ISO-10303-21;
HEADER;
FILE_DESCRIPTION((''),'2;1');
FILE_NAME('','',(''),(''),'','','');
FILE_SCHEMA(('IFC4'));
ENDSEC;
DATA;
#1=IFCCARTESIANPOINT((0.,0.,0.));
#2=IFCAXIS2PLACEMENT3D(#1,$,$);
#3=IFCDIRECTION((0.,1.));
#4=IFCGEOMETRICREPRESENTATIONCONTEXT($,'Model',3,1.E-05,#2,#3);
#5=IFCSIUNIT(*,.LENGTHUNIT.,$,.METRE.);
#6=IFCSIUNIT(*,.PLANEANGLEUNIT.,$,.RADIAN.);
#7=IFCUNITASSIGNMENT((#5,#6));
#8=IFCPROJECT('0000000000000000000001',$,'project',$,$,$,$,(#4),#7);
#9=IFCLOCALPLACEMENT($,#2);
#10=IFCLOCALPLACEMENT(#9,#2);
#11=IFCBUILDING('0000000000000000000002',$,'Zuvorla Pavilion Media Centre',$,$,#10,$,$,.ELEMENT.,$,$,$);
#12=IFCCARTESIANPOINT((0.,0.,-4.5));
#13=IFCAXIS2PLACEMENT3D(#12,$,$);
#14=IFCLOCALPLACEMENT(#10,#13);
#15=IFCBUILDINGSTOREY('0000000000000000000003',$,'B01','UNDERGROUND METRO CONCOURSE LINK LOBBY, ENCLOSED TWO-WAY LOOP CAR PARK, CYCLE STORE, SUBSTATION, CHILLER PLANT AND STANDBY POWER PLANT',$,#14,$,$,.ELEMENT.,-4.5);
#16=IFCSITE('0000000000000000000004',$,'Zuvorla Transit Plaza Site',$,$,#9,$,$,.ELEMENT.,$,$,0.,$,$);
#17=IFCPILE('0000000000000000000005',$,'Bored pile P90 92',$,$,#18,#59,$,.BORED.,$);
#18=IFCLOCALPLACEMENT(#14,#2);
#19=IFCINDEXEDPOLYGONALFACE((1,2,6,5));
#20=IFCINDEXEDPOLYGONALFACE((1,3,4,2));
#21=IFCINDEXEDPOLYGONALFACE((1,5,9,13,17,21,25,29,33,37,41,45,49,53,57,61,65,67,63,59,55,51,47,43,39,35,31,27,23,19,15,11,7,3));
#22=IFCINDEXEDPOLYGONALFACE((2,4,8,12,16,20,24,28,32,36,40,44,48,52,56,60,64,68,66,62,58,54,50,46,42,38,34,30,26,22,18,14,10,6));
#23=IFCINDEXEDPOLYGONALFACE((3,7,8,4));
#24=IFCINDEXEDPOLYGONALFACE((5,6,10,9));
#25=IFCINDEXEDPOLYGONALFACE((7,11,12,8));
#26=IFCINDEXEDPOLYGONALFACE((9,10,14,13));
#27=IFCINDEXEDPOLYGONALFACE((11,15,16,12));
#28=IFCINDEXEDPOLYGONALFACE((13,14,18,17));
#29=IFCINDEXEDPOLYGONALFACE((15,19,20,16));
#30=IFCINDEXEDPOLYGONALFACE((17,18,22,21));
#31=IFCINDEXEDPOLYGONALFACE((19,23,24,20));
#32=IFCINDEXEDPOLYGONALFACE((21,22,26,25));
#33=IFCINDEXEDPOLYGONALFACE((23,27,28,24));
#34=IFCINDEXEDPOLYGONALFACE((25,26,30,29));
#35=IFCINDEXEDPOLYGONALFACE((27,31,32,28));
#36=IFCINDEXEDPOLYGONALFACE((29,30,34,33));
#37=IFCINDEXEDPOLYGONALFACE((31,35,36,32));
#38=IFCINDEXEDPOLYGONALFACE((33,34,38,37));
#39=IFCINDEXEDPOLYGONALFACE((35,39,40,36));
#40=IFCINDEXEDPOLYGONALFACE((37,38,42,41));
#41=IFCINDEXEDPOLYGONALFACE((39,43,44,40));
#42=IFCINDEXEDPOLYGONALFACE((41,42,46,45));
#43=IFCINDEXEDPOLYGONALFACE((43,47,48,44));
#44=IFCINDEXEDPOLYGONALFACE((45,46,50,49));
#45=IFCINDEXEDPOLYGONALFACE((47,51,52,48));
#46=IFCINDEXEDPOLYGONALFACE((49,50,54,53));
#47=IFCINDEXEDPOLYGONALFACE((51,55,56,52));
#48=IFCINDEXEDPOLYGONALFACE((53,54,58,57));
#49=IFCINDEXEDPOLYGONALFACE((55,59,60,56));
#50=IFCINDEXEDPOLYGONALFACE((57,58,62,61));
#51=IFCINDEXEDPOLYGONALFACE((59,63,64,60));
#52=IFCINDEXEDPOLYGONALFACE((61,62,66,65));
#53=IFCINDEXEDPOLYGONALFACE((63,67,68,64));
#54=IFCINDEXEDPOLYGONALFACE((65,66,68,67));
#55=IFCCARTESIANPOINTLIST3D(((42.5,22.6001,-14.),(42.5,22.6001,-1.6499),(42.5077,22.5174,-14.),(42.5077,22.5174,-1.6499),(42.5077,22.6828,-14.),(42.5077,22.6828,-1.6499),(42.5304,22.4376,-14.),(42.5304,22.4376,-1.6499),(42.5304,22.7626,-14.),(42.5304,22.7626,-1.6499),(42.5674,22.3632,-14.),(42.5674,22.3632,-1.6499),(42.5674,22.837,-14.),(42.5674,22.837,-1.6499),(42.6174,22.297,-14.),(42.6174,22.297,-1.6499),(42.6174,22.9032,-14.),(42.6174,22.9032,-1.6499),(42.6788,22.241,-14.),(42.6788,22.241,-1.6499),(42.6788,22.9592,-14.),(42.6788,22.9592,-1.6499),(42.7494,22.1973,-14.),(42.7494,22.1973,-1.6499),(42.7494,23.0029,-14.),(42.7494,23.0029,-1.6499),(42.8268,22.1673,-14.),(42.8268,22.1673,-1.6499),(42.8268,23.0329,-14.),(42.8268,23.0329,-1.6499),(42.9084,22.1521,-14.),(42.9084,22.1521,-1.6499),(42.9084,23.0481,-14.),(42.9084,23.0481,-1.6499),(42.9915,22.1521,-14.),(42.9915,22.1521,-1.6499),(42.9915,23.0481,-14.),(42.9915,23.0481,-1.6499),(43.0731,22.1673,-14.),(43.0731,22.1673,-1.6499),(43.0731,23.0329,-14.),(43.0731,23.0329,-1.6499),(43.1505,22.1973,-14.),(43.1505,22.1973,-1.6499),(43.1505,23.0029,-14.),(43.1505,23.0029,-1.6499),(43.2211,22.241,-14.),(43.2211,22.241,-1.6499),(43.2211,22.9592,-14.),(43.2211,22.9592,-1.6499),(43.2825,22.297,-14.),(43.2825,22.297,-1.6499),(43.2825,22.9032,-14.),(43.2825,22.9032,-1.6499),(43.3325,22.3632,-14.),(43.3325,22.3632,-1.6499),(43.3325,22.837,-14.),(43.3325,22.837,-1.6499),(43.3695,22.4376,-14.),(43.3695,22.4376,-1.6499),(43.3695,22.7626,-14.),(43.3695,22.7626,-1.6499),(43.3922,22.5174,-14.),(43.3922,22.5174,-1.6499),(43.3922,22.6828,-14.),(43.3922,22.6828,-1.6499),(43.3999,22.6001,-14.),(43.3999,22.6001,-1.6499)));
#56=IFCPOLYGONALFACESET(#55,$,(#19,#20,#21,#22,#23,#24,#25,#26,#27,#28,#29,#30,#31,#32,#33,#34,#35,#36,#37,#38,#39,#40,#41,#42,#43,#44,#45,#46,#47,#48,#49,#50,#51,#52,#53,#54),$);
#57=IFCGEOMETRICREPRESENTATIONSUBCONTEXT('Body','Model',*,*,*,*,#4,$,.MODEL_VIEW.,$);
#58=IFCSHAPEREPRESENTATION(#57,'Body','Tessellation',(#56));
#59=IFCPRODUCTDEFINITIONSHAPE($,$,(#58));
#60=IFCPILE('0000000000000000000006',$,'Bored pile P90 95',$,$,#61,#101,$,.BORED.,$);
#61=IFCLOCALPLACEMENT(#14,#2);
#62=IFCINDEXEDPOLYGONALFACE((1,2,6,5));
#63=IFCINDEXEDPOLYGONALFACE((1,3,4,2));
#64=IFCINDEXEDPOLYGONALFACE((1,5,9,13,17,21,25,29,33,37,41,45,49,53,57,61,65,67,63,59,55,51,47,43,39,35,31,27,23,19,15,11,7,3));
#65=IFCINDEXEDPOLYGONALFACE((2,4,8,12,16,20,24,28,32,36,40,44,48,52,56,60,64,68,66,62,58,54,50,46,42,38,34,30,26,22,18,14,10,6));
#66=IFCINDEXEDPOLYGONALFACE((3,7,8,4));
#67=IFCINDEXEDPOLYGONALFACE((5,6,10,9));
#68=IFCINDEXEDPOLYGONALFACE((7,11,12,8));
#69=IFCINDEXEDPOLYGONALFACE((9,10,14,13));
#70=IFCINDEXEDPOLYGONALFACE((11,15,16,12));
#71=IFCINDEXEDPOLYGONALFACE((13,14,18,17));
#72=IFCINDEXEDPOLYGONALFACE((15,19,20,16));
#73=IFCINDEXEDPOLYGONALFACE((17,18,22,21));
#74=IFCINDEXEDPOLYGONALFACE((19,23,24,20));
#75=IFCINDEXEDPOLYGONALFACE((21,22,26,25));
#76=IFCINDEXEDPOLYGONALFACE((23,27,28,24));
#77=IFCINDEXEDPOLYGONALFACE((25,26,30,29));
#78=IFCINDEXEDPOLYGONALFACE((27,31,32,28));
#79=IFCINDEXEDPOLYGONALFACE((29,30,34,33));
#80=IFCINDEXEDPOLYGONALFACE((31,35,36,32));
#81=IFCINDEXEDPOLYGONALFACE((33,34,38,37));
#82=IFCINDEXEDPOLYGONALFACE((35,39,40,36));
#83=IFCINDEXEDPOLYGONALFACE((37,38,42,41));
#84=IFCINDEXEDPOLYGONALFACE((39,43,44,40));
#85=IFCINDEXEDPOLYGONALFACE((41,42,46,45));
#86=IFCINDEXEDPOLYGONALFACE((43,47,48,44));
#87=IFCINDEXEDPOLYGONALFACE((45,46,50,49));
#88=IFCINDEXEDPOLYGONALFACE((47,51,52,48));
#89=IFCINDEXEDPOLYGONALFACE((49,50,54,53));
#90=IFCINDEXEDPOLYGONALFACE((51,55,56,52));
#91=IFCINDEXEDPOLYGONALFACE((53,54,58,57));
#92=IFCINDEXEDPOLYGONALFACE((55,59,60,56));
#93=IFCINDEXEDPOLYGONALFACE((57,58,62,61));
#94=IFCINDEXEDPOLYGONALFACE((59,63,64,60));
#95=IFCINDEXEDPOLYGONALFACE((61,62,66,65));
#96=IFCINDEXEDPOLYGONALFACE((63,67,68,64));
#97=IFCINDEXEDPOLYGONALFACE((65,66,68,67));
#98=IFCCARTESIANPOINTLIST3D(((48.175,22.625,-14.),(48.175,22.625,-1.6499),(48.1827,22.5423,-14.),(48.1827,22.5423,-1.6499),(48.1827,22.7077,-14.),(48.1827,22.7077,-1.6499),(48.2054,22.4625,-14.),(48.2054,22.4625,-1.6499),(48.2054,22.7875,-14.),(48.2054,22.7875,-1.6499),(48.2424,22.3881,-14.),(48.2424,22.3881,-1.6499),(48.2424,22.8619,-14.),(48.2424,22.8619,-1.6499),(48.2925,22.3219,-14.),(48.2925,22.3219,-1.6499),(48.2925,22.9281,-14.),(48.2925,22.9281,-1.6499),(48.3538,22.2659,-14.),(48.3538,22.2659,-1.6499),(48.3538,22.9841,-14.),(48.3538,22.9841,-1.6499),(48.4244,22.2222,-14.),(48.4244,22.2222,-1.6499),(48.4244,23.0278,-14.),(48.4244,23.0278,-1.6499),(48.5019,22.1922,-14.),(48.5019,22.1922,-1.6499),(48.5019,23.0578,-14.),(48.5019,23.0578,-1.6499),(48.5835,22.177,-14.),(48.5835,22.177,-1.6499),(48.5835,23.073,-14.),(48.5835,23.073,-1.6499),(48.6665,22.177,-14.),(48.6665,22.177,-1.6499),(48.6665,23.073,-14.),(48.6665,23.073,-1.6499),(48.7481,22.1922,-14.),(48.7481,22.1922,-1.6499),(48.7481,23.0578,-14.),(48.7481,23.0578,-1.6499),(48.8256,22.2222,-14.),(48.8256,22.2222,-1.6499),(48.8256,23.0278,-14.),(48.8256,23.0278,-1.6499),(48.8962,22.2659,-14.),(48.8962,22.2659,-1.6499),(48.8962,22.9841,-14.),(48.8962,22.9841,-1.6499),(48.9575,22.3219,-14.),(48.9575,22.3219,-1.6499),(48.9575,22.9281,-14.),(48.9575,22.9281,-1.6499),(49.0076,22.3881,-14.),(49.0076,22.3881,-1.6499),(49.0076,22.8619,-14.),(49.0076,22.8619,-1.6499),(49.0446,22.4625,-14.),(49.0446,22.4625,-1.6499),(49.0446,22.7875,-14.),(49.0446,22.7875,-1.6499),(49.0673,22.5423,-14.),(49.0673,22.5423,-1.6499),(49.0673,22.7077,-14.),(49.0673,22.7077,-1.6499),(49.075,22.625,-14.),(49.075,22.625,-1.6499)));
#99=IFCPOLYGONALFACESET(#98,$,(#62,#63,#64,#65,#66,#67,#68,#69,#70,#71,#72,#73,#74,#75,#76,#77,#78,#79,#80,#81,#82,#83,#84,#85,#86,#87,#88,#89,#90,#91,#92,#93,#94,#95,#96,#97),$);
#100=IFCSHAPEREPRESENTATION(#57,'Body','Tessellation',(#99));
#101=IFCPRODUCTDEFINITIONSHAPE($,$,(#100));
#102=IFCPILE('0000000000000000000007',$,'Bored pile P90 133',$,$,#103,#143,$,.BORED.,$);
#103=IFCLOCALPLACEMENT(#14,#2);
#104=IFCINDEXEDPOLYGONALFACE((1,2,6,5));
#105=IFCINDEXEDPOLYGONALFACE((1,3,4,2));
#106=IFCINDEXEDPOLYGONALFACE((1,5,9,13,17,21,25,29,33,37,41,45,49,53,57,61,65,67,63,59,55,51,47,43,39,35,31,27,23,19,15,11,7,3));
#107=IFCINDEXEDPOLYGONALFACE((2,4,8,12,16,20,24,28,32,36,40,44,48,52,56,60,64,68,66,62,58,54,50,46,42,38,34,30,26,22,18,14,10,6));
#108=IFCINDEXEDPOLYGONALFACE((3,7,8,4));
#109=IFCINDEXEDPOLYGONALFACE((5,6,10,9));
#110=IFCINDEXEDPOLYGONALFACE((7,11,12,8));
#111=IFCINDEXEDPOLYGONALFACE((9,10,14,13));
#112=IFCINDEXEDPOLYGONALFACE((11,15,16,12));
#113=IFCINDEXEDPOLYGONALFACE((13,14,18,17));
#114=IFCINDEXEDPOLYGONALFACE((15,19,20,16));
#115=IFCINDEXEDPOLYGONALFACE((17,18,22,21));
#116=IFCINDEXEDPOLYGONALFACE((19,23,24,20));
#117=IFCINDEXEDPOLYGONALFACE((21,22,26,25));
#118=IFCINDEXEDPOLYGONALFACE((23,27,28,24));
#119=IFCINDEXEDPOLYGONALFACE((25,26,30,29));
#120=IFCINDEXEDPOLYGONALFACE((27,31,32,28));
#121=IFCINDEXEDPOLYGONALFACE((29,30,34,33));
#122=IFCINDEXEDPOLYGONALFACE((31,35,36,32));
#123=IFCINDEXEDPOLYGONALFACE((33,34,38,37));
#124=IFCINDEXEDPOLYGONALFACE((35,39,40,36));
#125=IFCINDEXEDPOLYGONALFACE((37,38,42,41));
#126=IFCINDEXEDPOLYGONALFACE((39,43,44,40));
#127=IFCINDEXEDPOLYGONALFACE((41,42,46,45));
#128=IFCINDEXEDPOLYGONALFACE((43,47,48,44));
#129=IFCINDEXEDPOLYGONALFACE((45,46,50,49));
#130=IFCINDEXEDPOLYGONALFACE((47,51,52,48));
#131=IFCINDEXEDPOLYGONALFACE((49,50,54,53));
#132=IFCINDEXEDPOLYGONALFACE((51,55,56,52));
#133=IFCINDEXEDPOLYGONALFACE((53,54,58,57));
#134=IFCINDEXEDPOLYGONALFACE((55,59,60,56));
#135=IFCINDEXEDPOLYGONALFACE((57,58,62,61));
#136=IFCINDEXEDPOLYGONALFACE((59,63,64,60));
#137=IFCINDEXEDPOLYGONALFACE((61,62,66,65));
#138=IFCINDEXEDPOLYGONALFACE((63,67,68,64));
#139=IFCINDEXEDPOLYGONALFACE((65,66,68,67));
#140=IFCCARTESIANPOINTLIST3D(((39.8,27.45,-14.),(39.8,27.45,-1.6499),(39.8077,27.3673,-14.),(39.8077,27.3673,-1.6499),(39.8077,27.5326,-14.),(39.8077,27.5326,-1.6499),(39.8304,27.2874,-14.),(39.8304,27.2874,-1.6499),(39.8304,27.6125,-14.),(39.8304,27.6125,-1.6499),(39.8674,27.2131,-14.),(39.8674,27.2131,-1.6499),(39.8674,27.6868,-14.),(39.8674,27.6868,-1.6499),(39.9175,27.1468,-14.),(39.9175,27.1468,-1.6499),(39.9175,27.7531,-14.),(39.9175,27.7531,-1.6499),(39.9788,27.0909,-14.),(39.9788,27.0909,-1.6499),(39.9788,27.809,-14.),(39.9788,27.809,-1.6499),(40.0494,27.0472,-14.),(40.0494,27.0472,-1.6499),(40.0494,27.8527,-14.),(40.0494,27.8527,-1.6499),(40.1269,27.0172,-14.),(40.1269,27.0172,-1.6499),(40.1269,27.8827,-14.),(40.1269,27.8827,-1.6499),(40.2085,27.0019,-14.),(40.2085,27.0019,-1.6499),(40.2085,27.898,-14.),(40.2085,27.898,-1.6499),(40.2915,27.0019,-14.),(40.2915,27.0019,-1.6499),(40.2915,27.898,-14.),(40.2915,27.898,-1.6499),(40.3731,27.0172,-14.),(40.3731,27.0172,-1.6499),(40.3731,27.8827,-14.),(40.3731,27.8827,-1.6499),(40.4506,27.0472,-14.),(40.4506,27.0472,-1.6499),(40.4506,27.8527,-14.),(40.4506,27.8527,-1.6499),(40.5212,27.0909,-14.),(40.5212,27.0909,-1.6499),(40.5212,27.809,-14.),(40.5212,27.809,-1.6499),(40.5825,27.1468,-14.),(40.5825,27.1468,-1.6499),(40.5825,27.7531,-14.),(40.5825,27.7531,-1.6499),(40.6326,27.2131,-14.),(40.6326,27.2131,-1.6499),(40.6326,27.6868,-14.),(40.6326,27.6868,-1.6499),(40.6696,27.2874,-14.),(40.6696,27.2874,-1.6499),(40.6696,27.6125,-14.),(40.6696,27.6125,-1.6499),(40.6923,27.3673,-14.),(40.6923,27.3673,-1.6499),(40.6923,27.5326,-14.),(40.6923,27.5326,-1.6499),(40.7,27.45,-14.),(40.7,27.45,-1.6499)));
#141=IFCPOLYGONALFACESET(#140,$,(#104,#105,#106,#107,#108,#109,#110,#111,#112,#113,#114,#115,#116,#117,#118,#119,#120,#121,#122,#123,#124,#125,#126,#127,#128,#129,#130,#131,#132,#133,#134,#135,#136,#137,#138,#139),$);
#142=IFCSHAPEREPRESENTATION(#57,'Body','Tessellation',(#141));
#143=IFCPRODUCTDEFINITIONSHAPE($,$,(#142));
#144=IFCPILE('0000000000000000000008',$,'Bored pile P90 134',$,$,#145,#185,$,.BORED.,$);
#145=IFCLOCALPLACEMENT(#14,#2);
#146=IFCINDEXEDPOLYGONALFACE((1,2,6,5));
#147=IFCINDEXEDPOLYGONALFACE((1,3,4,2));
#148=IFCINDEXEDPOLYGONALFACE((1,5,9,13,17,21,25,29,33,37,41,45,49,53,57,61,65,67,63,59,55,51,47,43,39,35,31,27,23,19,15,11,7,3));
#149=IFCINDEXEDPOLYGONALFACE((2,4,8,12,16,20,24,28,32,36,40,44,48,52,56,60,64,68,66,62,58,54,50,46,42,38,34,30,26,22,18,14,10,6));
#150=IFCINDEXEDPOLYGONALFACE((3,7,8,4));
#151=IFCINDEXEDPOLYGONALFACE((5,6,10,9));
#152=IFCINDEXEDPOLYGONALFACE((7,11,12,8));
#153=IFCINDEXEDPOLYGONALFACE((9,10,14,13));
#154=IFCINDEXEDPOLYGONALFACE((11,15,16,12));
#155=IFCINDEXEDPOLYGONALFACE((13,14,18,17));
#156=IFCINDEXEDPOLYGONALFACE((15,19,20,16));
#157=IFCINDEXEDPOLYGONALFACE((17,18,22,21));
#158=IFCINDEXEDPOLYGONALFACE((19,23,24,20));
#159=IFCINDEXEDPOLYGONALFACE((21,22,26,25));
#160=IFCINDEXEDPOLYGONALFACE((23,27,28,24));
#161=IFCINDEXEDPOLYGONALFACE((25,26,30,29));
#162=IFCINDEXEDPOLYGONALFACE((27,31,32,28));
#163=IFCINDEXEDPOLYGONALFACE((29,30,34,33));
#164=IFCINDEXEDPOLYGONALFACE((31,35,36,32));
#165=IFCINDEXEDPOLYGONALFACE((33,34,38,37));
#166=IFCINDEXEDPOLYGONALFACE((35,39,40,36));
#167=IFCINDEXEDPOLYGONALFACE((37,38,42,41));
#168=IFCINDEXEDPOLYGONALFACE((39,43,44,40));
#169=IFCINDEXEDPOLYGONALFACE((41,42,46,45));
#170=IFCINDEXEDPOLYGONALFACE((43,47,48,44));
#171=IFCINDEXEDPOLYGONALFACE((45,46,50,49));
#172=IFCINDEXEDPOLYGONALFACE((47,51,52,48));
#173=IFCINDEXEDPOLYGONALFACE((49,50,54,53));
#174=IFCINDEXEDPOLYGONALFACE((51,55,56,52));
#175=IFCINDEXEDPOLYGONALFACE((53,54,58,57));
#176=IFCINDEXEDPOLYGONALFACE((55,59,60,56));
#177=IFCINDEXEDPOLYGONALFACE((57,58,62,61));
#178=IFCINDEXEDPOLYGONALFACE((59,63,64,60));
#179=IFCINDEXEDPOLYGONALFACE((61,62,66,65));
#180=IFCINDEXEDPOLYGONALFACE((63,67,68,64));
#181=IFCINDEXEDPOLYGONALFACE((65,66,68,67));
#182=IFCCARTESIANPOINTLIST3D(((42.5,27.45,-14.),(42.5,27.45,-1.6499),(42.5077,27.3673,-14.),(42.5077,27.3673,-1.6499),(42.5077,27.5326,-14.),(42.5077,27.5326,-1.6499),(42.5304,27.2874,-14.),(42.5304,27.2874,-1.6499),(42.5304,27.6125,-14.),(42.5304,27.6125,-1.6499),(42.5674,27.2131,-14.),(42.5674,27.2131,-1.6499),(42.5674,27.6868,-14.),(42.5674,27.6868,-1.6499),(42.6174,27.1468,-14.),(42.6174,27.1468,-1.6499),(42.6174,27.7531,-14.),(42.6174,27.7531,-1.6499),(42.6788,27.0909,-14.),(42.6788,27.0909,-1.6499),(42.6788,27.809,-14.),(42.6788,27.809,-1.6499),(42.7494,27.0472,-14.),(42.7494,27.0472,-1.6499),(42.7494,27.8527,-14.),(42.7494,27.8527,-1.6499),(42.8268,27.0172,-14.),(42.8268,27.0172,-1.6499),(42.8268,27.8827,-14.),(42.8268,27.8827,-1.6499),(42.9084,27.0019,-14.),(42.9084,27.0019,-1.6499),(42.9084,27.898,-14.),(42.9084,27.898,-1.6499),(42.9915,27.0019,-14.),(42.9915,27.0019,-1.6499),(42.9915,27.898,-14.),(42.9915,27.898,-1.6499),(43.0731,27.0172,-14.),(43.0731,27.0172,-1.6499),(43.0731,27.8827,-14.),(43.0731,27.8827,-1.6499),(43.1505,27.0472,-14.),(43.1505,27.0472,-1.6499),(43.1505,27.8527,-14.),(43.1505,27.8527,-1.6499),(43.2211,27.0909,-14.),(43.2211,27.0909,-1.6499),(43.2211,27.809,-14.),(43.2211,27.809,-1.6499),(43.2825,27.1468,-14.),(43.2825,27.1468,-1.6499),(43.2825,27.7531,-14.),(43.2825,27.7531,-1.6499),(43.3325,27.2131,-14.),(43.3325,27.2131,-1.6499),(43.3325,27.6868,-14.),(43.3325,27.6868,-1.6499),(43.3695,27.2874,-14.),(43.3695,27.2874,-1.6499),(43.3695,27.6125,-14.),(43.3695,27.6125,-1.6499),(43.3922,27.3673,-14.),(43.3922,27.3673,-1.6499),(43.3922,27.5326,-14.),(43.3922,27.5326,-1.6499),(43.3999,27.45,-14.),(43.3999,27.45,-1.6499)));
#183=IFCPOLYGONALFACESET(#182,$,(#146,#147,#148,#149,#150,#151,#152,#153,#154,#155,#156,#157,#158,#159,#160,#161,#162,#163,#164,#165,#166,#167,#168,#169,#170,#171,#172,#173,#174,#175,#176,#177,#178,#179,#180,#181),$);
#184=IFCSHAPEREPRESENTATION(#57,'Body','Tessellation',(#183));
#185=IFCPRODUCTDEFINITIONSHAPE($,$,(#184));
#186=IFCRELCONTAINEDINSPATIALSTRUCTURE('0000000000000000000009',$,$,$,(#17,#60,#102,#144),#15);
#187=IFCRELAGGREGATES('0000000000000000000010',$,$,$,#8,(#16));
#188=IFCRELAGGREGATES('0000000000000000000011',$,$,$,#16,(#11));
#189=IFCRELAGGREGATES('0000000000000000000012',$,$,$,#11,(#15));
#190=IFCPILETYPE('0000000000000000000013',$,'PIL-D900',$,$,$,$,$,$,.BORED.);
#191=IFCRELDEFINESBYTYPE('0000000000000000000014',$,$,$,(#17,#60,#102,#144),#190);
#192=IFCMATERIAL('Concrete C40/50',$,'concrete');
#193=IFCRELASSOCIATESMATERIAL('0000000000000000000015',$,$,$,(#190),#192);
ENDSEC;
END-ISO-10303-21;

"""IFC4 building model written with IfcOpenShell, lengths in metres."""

from ifc_helpers import new_model, si_unit, direction, frame, origin, origin_2d, place, context, subcontext, project, spatial, circle, extrude, material, material_profile, profile_set, type_object, element, save


model = new_model("IFC4")

# Units and contexts
model_context = context("Model", 3, precision=1e-05, world=origin(), true_north=direction((0.0, 1.0)))
body_context = subcontext(model_context, "Body", "Model", "MODEL_VIEW")
ifc_project = project(units=[si_unit("LENGTHUNIT", "METRE"), si_unit("PLANEANGLEUNIT", "RADIAN")], contexts=[model_context])

# Site, building, storey
site_placement = place(None, origin())
site = spatial("IfcSite", under=ifc_project, at=site_placement, Name="Zuvorla Transit Plaza Site", CompositionType="ELEMENT", RefElevation=0.0)
building_placement = place(site_placement, origin())
building = spatial("IfcBuilding", under=site, at=building_placement, Name="Zuvorla Pavilion Media Centre", CompositionType="ELEMENT")
storey_placement = place(building_placement, frame((0.0, 0.0, -4.5)))
storey = spatial("IfcBuildingStorey", under=building, at=storey_placement, Name="B01", Description="UNDERGROUND METRO CONCOURSE LINK LOBBY, ENCLOSED TWO-WAY LOOP CAR PARK, CYCLE STORE, SUBSTATION, CHILLER PLANT AND STANDBY POWER PLANT", CompositionType="ELEMENT", Elevation=-4.5)

# Shared definitions
ifc_material_1 = material(Name="Concrete C40/50", Category="concrete")

# Piles
ifc_material_profile_1 = material_profile(ifc_material_1, circle(Radius=0.45, at=origin_2d()), Name="BORED PILE 900")
ifc_profile_set_1 = profile_set([ifc_material_profile_1], Name="Concrete C40/50")
pile_type = type_object("IfcPileType", Name="PIL-D900", PredefinedType="BORED", material=ifc_profile_set_1)
for number, where, z_axis, x_axis, name in (
    (1, (42.95, 22.6001, -1.6499), (0.0, 0.0, -1.0), (1.0, 0.0, 0.0), "Bored pile P90 92"),
    (2, (48.625, 22.625, -1.6499), (0.0, 0.0, -1.0), (1.0, 0.0, 0.0), "Bored pile P90 95"),
    (3, (40.25, 27.45, -1.6499), (0.0, 0.0, -1.0), (1.0, 0.0, 0.0), "Bored pile P90 133"),
    (4, (42.95, 27.45, -1.6499), (0.0, 0.0, -1.0), (1.0, 0.0, 0.0), "Bored pile P90 134"),
):
    element("IfcPile", number, at=place(storey_placement, frame(where, z_axis=z_axis, x_axis=x_axis)), inside=storey, type_object=pile_type, Name=name, PredefinedType="BORED", context=body_context, shape_type="SweptSolid", body=[
        extrude(circle(Radius=0.45, at=origin_2d()), origin(), (0.0, 0.0, 1.0), 12.3501),
    ])

save(model, "model.ifc")
